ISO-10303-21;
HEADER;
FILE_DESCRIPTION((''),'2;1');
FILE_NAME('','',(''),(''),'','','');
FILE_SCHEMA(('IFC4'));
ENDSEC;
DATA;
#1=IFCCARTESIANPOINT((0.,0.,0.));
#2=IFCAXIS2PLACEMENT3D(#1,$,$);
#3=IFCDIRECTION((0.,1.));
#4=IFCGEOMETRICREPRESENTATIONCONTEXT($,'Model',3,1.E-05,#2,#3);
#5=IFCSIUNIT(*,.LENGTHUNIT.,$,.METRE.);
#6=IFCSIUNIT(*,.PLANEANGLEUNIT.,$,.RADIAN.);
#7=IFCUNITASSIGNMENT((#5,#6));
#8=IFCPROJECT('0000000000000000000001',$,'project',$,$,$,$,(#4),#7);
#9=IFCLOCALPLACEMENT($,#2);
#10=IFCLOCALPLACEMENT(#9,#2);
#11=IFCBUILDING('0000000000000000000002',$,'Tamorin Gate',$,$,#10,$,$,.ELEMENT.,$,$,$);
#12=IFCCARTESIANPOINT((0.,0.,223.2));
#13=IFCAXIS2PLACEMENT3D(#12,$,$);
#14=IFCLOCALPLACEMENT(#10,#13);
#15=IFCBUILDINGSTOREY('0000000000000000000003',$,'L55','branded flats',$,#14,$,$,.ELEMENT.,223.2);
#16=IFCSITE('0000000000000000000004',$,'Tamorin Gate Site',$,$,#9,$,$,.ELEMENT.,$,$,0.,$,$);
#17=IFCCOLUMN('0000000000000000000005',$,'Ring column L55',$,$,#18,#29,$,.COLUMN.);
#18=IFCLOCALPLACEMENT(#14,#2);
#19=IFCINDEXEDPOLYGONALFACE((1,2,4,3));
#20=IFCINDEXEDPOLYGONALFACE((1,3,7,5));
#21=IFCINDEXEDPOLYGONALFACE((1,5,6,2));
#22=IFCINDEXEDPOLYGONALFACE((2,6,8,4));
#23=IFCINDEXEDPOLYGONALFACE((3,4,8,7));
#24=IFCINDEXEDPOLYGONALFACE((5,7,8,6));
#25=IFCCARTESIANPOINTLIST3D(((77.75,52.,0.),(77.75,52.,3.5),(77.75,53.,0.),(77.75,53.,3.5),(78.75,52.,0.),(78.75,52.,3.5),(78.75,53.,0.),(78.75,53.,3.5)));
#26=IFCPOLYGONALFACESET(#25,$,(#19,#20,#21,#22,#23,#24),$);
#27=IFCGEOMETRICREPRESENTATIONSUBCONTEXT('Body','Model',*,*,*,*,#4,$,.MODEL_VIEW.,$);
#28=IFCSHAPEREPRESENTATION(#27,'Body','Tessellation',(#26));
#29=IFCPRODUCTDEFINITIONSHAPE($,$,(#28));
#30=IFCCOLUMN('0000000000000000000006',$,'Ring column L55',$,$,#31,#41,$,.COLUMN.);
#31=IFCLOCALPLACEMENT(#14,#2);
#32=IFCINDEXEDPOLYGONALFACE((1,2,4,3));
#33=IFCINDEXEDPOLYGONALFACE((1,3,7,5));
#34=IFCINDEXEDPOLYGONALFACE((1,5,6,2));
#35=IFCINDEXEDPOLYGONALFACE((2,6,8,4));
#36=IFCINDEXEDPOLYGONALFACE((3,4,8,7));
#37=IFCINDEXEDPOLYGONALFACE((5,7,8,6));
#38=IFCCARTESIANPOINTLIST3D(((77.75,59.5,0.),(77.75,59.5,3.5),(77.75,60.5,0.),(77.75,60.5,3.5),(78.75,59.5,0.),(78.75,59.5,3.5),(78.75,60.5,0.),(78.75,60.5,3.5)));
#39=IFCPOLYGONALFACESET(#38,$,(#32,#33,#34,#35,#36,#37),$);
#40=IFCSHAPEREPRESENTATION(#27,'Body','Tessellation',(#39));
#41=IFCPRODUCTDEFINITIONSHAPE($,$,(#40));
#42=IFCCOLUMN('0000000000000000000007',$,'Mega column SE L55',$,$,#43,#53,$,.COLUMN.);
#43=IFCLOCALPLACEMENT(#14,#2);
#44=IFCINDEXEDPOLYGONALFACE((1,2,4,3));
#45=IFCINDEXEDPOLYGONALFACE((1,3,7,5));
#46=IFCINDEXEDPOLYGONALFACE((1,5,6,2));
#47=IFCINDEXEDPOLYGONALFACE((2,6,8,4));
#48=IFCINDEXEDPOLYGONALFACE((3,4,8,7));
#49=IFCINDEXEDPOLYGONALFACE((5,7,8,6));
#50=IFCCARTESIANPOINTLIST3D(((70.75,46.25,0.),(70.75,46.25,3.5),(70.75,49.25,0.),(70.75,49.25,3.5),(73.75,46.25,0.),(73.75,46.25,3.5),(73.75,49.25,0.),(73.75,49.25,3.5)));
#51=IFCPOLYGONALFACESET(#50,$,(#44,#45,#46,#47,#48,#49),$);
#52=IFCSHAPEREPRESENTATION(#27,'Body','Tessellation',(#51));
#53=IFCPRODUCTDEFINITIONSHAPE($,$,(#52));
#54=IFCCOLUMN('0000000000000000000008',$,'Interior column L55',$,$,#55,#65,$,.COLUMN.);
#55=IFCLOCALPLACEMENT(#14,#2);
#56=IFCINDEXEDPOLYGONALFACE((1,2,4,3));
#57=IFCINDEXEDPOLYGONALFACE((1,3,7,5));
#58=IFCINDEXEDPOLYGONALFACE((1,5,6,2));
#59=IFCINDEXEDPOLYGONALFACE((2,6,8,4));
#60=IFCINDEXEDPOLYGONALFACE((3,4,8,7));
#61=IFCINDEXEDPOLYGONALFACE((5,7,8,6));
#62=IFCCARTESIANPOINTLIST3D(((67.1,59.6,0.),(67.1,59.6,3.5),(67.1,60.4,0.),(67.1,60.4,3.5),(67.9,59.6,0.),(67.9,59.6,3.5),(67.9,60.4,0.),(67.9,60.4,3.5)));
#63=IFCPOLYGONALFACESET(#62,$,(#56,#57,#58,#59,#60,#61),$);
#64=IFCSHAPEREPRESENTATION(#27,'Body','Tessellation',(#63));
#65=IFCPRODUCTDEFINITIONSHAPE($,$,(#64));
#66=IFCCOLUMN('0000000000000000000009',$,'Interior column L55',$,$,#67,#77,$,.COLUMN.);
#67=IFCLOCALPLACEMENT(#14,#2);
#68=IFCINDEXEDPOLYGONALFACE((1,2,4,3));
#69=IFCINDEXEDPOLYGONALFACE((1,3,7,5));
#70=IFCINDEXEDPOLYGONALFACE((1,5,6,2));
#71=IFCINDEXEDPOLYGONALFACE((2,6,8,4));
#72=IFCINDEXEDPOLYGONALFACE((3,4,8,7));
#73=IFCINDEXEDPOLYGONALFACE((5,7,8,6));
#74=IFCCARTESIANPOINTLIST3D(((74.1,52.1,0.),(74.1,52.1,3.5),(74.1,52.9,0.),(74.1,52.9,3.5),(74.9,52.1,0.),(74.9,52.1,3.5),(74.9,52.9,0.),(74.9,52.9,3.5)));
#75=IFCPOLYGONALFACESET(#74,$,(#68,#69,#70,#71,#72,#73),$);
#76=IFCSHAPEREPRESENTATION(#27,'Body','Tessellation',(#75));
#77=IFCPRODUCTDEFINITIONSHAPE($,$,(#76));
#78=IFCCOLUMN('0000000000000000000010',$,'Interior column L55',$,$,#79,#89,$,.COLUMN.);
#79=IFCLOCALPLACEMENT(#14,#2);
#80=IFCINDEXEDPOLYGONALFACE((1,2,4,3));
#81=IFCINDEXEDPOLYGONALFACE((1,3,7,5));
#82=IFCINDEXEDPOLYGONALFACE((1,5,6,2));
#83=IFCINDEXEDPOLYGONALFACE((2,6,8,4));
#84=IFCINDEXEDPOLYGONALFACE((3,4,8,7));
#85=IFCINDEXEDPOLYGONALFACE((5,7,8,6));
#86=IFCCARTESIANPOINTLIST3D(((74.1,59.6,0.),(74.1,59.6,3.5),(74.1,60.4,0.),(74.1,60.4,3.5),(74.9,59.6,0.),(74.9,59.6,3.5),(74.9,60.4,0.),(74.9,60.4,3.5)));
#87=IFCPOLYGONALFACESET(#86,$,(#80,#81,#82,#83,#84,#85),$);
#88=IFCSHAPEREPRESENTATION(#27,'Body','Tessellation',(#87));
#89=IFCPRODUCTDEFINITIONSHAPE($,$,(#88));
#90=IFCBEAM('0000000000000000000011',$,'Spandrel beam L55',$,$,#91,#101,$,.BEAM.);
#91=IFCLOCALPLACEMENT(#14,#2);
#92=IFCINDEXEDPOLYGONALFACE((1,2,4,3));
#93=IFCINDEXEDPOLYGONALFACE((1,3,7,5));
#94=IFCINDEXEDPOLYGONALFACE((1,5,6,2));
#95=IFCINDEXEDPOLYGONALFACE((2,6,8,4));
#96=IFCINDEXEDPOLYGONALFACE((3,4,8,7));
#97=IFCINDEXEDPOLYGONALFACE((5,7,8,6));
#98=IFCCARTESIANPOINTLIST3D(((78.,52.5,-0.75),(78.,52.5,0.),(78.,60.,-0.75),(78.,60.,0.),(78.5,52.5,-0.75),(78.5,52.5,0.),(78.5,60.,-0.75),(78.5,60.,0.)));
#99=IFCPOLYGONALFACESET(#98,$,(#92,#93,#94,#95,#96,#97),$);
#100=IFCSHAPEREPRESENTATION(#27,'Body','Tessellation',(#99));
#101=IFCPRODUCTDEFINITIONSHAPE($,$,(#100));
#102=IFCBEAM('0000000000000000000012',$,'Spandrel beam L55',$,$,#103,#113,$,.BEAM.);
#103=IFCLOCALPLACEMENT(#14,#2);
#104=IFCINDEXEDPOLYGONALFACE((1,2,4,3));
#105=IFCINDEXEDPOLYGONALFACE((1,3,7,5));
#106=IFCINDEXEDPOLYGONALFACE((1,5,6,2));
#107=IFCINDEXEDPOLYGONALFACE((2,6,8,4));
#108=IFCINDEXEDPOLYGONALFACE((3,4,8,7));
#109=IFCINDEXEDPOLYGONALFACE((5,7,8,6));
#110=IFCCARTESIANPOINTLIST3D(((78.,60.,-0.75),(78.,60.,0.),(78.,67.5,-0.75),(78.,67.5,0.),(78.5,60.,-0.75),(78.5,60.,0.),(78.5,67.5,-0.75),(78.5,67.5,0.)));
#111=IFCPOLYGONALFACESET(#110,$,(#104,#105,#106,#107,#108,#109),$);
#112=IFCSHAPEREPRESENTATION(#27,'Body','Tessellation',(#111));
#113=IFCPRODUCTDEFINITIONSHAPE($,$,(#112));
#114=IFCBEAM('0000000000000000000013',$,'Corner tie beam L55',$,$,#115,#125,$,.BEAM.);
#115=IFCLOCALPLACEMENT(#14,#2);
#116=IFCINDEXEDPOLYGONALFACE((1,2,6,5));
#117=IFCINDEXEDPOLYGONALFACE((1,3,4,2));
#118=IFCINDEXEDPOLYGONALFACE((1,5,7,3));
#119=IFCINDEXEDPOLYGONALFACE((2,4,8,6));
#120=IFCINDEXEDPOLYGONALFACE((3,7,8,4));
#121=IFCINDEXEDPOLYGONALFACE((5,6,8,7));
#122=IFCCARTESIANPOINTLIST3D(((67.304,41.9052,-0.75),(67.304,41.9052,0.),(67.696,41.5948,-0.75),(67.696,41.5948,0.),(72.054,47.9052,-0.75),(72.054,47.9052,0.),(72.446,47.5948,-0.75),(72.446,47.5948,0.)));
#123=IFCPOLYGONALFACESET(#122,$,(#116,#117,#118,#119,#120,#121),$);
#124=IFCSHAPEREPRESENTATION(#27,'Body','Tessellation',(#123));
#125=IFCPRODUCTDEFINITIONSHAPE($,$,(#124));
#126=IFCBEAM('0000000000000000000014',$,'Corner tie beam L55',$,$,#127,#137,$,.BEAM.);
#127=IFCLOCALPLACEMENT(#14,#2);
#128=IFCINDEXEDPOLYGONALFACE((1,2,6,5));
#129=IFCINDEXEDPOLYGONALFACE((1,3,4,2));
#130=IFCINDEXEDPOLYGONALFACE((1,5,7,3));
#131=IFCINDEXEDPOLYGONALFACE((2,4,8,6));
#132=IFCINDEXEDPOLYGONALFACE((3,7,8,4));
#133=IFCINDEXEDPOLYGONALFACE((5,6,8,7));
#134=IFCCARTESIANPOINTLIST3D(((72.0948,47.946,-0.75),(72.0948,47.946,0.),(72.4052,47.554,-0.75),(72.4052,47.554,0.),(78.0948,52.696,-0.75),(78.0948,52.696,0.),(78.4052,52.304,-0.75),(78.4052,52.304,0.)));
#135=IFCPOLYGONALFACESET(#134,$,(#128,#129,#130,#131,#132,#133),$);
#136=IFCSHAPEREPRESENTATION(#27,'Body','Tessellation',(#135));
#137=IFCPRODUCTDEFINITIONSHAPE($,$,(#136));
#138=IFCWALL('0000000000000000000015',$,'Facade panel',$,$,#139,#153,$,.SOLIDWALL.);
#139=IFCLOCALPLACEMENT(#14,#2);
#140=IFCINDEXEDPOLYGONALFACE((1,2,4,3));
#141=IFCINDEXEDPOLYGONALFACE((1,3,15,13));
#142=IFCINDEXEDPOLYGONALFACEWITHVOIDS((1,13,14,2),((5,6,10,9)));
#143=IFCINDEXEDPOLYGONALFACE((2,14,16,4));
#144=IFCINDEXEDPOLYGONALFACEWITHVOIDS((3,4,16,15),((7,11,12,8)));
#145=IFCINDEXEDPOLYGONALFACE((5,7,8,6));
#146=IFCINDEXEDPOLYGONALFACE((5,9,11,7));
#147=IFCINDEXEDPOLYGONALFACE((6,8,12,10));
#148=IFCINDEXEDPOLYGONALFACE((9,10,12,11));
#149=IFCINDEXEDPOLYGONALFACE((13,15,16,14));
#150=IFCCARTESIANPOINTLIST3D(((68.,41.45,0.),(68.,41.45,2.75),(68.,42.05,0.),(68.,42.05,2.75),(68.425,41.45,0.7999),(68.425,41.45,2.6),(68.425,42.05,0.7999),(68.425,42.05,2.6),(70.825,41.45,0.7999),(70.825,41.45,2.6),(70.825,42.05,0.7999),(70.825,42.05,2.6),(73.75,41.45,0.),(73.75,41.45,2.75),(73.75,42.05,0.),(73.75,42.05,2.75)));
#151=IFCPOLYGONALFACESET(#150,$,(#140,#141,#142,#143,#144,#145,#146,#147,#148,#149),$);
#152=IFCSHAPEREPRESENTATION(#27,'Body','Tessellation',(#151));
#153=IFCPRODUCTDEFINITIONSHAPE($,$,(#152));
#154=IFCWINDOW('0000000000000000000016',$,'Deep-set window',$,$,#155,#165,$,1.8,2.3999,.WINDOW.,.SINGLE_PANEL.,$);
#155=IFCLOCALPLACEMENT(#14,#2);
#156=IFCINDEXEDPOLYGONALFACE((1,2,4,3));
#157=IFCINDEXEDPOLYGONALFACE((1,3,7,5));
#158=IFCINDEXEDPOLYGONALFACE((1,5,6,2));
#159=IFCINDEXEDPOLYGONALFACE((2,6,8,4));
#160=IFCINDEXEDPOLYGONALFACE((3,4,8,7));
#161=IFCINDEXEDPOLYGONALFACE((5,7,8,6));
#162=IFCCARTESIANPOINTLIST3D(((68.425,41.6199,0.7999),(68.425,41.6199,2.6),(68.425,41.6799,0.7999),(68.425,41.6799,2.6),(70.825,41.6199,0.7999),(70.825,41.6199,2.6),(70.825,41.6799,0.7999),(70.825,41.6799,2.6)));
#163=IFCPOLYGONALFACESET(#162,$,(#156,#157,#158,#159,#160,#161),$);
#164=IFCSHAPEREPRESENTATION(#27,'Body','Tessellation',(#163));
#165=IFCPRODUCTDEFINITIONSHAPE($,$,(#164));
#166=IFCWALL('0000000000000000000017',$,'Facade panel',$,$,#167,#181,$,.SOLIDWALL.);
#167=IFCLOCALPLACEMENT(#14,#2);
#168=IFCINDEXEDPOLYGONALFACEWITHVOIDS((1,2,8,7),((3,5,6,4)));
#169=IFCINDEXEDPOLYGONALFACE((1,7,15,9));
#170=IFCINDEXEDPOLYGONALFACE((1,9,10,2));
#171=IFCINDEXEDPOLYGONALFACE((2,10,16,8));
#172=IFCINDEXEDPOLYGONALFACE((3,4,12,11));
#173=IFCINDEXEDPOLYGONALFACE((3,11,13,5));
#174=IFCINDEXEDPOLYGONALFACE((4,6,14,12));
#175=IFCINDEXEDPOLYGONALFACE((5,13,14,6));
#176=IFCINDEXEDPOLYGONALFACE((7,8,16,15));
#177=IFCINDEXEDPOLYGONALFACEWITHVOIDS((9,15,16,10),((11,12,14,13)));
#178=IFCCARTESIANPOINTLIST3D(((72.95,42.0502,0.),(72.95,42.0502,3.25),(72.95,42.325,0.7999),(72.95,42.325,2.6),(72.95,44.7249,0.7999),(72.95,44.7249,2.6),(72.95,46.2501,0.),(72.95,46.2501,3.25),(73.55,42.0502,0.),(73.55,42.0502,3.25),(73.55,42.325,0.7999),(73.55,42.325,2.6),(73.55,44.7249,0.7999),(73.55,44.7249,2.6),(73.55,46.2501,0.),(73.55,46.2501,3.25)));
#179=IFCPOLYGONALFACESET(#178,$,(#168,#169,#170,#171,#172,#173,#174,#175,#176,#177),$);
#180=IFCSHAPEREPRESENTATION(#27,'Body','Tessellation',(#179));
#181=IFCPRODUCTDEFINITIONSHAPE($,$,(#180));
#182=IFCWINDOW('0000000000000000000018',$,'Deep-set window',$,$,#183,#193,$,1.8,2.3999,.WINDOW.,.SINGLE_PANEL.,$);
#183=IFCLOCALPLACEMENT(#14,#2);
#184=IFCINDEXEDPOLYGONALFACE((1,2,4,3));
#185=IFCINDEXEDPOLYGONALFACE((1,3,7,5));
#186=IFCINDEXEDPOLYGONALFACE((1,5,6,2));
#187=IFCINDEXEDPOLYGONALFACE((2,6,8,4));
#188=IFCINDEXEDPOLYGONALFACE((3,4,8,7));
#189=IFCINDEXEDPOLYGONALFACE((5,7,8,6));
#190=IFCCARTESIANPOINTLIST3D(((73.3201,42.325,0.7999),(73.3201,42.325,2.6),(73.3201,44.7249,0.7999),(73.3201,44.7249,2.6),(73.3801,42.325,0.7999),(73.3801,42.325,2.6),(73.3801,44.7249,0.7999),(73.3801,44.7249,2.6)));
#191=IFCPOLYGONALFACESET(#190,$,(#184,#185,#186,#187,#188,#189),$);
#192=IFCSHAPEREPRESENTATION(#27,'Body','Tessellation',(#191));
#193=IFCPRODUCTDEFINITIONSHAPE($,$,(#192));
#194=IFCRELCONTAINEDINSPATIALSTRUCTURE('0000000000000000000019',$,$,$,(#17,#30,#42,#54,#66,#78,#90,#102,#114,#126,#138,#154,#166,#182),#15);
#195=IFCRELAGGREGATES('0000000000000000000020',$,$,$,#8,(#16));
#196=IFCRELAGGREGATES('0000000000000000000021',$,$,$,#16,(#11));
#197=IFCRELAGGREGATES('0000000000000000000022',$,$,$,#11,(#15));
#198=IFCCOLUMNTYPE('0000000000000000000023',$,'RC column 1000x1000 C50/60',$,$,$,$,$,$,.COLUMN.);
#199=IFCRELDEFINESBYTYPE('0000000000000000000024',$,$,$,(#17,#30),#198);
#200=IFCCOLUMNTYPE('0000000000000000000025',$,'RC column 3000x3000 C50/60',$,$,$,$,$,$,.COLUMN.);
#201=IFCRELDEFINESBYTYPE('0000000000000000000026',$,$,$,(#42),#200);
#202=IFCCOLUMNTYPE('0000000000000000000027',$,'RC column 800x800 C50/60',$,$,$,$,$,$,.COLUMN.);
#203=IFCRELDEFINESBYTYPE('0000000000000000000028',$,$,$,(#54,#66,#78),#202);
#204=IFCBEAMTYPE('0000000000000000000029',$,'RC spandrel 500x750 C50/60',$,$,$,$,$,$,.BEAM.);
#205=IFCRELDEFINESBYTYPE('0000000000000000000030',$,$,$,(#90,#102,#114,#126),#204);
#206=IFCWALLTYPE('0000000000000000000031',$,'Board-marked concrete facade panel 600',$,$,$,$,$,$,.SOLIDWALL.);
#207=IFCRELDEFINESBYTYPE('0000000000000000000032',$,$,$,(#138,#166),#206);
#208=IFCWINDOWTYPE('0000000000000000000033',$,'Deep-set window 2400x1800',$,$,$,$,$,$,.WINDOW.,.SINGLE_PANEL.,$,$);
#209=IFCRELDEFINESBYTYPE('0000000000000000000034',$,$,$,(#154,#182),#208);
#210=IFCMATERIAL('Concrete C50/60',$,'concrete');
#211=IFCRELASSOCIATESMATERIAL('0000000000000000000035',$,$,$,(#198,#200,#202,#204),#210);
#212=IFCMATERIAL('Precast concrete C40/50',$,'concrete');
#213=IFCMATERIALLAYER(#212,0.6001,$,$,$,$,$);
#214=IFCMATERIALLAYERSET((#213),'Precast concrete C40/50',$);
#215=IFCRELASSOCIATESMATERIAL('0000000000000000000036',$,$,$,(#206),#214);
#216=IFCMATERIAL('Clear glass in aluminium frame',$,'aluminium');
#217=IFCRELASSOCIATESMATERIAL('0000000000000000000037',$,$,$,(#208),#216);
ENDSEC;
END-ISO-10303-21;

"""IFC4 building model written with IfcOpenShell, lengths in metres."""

from ifc_helpers import new_model, si_unit, direction, frame, frame_2d, origin, origin_2d, place, context, subcontext, project, spatial, rectangle, extrude, material, layer, layer_set, material_profile, profile_set, type_object, element, fill, save


model = new_model("IFC4")

# Units and contexts
model_context = context("Model", 3, precision=1e-05, world=origin(), true_north=direction((0.0, 1.0)))
body_context = subcontext(model_context, "Body", "Model", "MODEL_VIEW")
ifc_project = project(units=[si_unit("LENGTHUNIT", "METRE"), si_unit("PLANEANGLEUNIT", "RADIAN")], contexts=[model_context])

# Site, building, storey
site_placement = place(None, origin())
site = spatial("IfcSite", under=ifc_project, at=site_placement, Name="Tamorin Gate Site", CompositionType="ELEMENT", RefElevation=0.0)
building_placement = place(site_placement, origin())
building = spatial("IfcBuilding", under=site, at=building_placement, Name="Tamorin Gate", CompositionType="ELEMENT")
storey_placement = place(building_placement, frame((0.0, 0.0, 223.2)))
storey = spatial("IfcBuildingStorey", under=building, at=storey_placement, Name="L55", Description="branded flats", CompositionType="ELEMENT", Elevation=223.2)

# Columns
ifc_material_1 = material(Name="Concrete C50/60", Category="concrete")
ifc_material_profile_1 = material_profile(ifc_material_1, rectangle(XDim=1.0, YDim=1.0, at=origin_2d()), Name="RC 1000x1000")
ifc_profile_set_1 = profile_set([ifc_material_profile_1], Name="Concrete C50/60")
column_type_1 = type_object("IfcColumnType", Name="RC column 1000x1000 C50/60", PredefinedType="COLUMN", material=ifc_profile_set_1)
for number, where, z_axis, x_axis, name in (
    (1, (78.25, 52.5, 0.0), (0.0, 0.0, 1.0), (1.0, 0.0, 0.0), "Ring column L55"),
    (2, (78.25, 60.0, 0.0), (0.0, 0.0, 1.0), (1.0, 0.0, 0.0), "Ring column L55"),
):
    element("IfcColumn", number, at=place(storey_placement, frame(where, z_axis=z_axis, x_axis=x_axis)), inside=storey, type_object=column_type_1, Name=name, PredefinedType="COLUMN", context=body_context, shape_type="SweptSolid", body=[
        extrude(rectangle(XDim=1.0, YDim=1.0, at=origin_2d()), origin(), (0.0, 0.0, 1.0), 3.5),
    ])
ifc_material_profile_2 = material_profile(ifc_material_1, rectangle(XDim=3.0, YDim=3.0, at=origin_2d()), Name="RC 3000x3000")
ifc_profile_set_2 = profile_set([ifc_material_profile_2], Name="Concrete C50/60")
column_type_2 = type_object("IfcColumnType", Name="RC column 3000x3000 C50/60", PredefinedType="COLUMN", material=ifc_profile_set_2)
column_placement = place(storey_placement, frame((72.25, 47.75, 0.0), z_axis=(0.0, 0.0, 1.0), x_axis=(1.0, 0.0, 0.0)))
element("IfcColumn", 3, at=column_placement, inside=storey, type_object=column_type_2, Name="Mega column SE L55", PredefinedType="COLUMN", context=body_context, shape_type="SweptSolid", body=[
    extrude(rectangle(XDim=3.0, YDim=3.0, at=origin_2d()), origin(), (0.0, 0.0, 1.0), 3.5),
])
ifc_material_profile_3 = material_profile(ifc_material_1, rectangle(XDim=0.8, YDim=0.8, at=origin_2d()), Name="RC 800x800")
ifc_profile_set_3 = profile_set([ifc_material_profile_3], Name="Concrete C50/60")
column_type_3 = type_object("IfcColumnType", Name="RC column 800x800 C50/60", PredefinedType="COLUMN", material=ifc_profile_set_3)
for number, where, z_axis, x_axis, name in (
    (4, (67.5, 60.0, 0.0), (0.0, 0.0, 1.0), (1.0, 0.0, 0.0), "Interior column L55"),
    (5, (74.5, 52.5, 0.0), (0.0, 0.0, 1.0), (1.0, 0.0, 0.0), "Interior column L55"),
    (6, (74.5, 60.0, 0.0), (0.0, 0.0, 1.0), (1.0, 0.0, 0.0), "Interior column L55"),
):
    element("IfcColumn", number, at=place(storey_placement, frame(where, z_axis=z_axis, x_axis=x_axis)), inside=storey, type_object=column_type_3, Name=name, PredefinedType="COLUMN", context=body_context, shape_type="SweptSolid", body=[
        extrude(rectangle(XDim=0.8, YDim=0.8, at=origin_2d()), origin(), (0.0, 0.0, 1.0), 3.5),
    ])

# Beams
ifc_material_profile_4 = material_profile(ifc_material_1, rectangle(XDim=0.5, YDim=0.75, at=origin_2d()), Name="RC 500x750")
ifc_profile_set_4 = profile_set([ifc_material_profile_4], Name="Concrete C50/60")
beam_type = type_object("IfcBeamType", Name="RC spandrel 500x750 C50/60", PredefinedType="BEAM", material=ifc_profile_set_4)
for number, where, z_axis, x_axis, name in (
    (7, (78.25, 52.5, -0.375), (0.0, 1.0, 0.0), (-1.0, 0.0, 0.0), "Spandrel beam L55"),
    (8, (78.25, 60.0, -0.375), (0.0, 1.0, 0.0), (-1.0, 0.0, 0.0), "Spandrel beam L55"),
):
    element("IfcBeam", number, at=place(storey_placement, frame(where, z_axis=z_axis, x_axis=x_axis)), inside=storey, type_object=beam_type, Name=name, PredefinedType="BEAM", context=body_context, shape_type="SweptSolid", body=[
        extrude(rectangle(XDim=0.5, YDim=0.75, at=origin_2d()), origin(), (0.0, 0.0, 1.0), 7.5),
    ])
for number, where, z_axis, x_axis, name in (
    (9, (72.25, 47.75, -0.375), (-0.620703, -0.784046, 0.0), (0.784046, -0.620703, 0.0), "Corner tie beam L55"),
    (10, (72.25, 47.75, -0.375), (0.784046, 0.620703, 0.0), (-0.620703, 0.784046, 0.0), "Corner tie beam L55"),
):
    element("IfcBeam", number, at=place(storey_placement, frame(where, z_axis=z_axis, x_axis=x_axis)), inside=storey, type_object=beam_type, Name=name, PredefinedType="BEAM", context=body_context, shape_type="SweptSolid", body=[
        extrude(rectangle(XDim=0.5, YDim=0.75, at=origin_2d()), origin(), (0.0, 0.0, 1.0), 7.6526),
    ])

# Walls, openings, windows
ifc_material_2 = material(Name="Precast concrete C40/50", Category="concrete")
ifc_layer = layer(ifc_material_2, 0.6001)
ifc_layer_set = layer_set([ifc_layer], Name="Precast concrete C40/50")
wall_type = type_object("IfcWallType", Name="Board-marked concrete facade panel 600", PredefinedType="SOLIDWALL", material=ifc_layer_set)
wall_1_placement = place(storey_placement, frame((68.0, 41.75, 0.0), z_axis=(0.0, 0.0, 1.0), x_axis=(1.0, 0.0, 0.0)))
wall_1 = element("IfcWall", 11, at=wall_1_placement, inside=storey, type_object=wall_type, Name="Facade panel", PredefinedType="SOLIDWALL", context=body_context, shape_type="SweptSolid", body=[
    extrude(rectangle(XDim=5.75, YDim=0.6001, at=frame_2d((2.875, 0.0))), origin(), (0.0, 0.0, 1.0), 2.75),
])
opening_1_placement = place(wall_1_placement, frame((0.425, 0.0, 0.8)))
opening_1 = element("IfcOpeningElement", 12, at=opening_1_placement, cuts=wall_1, PredefinedType="OPENING", context=body_context, shape_type="SweptSolid", body=[
    extrude(rectangle(XDim=2.3999, YDim=1.8, at=frame_2d((1.2, 0.8999))), frame((0.0, 0.3101, 0.0), z_axis=(0.0, -1.0, 0.0), x_axis=(1.0, 0.0, 0.0)), (0.0, 0.0, 1.0), 0.6201),
])
ifc_material_3 = material(Name="Clear glass in aluminium frame", Category="aluminium")
window_type = type_object("IfcWindowType", Name="Deep-set window 2400x1800", PartitioningType="SINGLE_PANEL", PredefinedType="WINDOW", material=ifc_material_3)
window_1_placement = place(opening_1_placement, origin())
window_1 = element("IfcWindow", 13, at=window_1_placement, inside=storey, type_object=window_type, Name="Deep-set window", OverallHeight=1.8, OverallWidth=2.3999, PartitioningType="SINGLE_PANEL", PredefinedType="WINDOW", context=body_context, shape_type="SweptSolid", body=[
    extrude(rectangle(XDim=2.3999, YDim=1.8, at=frame_2d((1.2, 0.8999))), frame((0.0, -0.0701, 0.0), z_axis=(0.0, -1.0, 0.0), x_axis=(1.0, 0.0, 0.0)), (0.0, 0.0, 1.0), 0.0601),
])
fill(opening_1, window_1)
wall_2_placement = place(storey_placement, frame((73.25, 42.05, 0.0), z_axis=(0.0, 0.0, 1.0), x_axis=(0.0, 1.0, 0.0)))
wall_2 = element("IfcWall", 14, at=wall_2_placement, inside=storey, type_object=wall_type, Name="Facade panel", PredefinedType="SOLIDWALL", context=body_context, shape_type="SweptSolid", body=[
    extrude(rectangle(XDim=4.2, YDim=0.6001, at=frame_2d((2.1001, 0.0))), origin(), (0.0, 0.0, 1.0), 3.25),
])
opening_2_placement = place(wall_2_placement, frame((0.2749, 0.0, 0.8)))
opening_2 = element("IfcOpeningElement", 15, at=opening_2_placement, cuts=wall_2, PredefinedType="OPENING", context=body_context, shape_type="SweptSolid", body=[
    extrude(rectangle(XDim=2.3999, YDim=1.8, at=frame_2d((1.2, 0.8999))), frame((0.0, 0.3101, 0.0), z_axis=(0.0, -1.0, 0.0), x_axis=(1.0, 0.0, 0.0)), (0.0, 0.0, 1.0), 0.6201),
])
window_2_placement = place(opening_2_placement, origin())
window_2 = element("IfcWindow", 16, at=window_2_placement, inside=storey, type_object=window_type, Name="Deep-set window", OverallHeight=1.8, OverallWidth=2.3999, PartitioningType="SINGLE_PANEL", PredefinedType="WINDOW", context=body_context, shape_type="SweptSolid", body=[
    extrude(rectangle(XDim=2.3999, YDim=1.8, at=frame_2d((1.2, 0.8999))), frame((0.0, -0.0701, 0.0), z_axis=(0.0, -1.0, 0.0), x_axis=(1.0, 0.0, 0.0)), (0.0, 0.0, 1.0), 0.0601),
])
fill(opening_2, window_2)

save(model, "model.ifc")
